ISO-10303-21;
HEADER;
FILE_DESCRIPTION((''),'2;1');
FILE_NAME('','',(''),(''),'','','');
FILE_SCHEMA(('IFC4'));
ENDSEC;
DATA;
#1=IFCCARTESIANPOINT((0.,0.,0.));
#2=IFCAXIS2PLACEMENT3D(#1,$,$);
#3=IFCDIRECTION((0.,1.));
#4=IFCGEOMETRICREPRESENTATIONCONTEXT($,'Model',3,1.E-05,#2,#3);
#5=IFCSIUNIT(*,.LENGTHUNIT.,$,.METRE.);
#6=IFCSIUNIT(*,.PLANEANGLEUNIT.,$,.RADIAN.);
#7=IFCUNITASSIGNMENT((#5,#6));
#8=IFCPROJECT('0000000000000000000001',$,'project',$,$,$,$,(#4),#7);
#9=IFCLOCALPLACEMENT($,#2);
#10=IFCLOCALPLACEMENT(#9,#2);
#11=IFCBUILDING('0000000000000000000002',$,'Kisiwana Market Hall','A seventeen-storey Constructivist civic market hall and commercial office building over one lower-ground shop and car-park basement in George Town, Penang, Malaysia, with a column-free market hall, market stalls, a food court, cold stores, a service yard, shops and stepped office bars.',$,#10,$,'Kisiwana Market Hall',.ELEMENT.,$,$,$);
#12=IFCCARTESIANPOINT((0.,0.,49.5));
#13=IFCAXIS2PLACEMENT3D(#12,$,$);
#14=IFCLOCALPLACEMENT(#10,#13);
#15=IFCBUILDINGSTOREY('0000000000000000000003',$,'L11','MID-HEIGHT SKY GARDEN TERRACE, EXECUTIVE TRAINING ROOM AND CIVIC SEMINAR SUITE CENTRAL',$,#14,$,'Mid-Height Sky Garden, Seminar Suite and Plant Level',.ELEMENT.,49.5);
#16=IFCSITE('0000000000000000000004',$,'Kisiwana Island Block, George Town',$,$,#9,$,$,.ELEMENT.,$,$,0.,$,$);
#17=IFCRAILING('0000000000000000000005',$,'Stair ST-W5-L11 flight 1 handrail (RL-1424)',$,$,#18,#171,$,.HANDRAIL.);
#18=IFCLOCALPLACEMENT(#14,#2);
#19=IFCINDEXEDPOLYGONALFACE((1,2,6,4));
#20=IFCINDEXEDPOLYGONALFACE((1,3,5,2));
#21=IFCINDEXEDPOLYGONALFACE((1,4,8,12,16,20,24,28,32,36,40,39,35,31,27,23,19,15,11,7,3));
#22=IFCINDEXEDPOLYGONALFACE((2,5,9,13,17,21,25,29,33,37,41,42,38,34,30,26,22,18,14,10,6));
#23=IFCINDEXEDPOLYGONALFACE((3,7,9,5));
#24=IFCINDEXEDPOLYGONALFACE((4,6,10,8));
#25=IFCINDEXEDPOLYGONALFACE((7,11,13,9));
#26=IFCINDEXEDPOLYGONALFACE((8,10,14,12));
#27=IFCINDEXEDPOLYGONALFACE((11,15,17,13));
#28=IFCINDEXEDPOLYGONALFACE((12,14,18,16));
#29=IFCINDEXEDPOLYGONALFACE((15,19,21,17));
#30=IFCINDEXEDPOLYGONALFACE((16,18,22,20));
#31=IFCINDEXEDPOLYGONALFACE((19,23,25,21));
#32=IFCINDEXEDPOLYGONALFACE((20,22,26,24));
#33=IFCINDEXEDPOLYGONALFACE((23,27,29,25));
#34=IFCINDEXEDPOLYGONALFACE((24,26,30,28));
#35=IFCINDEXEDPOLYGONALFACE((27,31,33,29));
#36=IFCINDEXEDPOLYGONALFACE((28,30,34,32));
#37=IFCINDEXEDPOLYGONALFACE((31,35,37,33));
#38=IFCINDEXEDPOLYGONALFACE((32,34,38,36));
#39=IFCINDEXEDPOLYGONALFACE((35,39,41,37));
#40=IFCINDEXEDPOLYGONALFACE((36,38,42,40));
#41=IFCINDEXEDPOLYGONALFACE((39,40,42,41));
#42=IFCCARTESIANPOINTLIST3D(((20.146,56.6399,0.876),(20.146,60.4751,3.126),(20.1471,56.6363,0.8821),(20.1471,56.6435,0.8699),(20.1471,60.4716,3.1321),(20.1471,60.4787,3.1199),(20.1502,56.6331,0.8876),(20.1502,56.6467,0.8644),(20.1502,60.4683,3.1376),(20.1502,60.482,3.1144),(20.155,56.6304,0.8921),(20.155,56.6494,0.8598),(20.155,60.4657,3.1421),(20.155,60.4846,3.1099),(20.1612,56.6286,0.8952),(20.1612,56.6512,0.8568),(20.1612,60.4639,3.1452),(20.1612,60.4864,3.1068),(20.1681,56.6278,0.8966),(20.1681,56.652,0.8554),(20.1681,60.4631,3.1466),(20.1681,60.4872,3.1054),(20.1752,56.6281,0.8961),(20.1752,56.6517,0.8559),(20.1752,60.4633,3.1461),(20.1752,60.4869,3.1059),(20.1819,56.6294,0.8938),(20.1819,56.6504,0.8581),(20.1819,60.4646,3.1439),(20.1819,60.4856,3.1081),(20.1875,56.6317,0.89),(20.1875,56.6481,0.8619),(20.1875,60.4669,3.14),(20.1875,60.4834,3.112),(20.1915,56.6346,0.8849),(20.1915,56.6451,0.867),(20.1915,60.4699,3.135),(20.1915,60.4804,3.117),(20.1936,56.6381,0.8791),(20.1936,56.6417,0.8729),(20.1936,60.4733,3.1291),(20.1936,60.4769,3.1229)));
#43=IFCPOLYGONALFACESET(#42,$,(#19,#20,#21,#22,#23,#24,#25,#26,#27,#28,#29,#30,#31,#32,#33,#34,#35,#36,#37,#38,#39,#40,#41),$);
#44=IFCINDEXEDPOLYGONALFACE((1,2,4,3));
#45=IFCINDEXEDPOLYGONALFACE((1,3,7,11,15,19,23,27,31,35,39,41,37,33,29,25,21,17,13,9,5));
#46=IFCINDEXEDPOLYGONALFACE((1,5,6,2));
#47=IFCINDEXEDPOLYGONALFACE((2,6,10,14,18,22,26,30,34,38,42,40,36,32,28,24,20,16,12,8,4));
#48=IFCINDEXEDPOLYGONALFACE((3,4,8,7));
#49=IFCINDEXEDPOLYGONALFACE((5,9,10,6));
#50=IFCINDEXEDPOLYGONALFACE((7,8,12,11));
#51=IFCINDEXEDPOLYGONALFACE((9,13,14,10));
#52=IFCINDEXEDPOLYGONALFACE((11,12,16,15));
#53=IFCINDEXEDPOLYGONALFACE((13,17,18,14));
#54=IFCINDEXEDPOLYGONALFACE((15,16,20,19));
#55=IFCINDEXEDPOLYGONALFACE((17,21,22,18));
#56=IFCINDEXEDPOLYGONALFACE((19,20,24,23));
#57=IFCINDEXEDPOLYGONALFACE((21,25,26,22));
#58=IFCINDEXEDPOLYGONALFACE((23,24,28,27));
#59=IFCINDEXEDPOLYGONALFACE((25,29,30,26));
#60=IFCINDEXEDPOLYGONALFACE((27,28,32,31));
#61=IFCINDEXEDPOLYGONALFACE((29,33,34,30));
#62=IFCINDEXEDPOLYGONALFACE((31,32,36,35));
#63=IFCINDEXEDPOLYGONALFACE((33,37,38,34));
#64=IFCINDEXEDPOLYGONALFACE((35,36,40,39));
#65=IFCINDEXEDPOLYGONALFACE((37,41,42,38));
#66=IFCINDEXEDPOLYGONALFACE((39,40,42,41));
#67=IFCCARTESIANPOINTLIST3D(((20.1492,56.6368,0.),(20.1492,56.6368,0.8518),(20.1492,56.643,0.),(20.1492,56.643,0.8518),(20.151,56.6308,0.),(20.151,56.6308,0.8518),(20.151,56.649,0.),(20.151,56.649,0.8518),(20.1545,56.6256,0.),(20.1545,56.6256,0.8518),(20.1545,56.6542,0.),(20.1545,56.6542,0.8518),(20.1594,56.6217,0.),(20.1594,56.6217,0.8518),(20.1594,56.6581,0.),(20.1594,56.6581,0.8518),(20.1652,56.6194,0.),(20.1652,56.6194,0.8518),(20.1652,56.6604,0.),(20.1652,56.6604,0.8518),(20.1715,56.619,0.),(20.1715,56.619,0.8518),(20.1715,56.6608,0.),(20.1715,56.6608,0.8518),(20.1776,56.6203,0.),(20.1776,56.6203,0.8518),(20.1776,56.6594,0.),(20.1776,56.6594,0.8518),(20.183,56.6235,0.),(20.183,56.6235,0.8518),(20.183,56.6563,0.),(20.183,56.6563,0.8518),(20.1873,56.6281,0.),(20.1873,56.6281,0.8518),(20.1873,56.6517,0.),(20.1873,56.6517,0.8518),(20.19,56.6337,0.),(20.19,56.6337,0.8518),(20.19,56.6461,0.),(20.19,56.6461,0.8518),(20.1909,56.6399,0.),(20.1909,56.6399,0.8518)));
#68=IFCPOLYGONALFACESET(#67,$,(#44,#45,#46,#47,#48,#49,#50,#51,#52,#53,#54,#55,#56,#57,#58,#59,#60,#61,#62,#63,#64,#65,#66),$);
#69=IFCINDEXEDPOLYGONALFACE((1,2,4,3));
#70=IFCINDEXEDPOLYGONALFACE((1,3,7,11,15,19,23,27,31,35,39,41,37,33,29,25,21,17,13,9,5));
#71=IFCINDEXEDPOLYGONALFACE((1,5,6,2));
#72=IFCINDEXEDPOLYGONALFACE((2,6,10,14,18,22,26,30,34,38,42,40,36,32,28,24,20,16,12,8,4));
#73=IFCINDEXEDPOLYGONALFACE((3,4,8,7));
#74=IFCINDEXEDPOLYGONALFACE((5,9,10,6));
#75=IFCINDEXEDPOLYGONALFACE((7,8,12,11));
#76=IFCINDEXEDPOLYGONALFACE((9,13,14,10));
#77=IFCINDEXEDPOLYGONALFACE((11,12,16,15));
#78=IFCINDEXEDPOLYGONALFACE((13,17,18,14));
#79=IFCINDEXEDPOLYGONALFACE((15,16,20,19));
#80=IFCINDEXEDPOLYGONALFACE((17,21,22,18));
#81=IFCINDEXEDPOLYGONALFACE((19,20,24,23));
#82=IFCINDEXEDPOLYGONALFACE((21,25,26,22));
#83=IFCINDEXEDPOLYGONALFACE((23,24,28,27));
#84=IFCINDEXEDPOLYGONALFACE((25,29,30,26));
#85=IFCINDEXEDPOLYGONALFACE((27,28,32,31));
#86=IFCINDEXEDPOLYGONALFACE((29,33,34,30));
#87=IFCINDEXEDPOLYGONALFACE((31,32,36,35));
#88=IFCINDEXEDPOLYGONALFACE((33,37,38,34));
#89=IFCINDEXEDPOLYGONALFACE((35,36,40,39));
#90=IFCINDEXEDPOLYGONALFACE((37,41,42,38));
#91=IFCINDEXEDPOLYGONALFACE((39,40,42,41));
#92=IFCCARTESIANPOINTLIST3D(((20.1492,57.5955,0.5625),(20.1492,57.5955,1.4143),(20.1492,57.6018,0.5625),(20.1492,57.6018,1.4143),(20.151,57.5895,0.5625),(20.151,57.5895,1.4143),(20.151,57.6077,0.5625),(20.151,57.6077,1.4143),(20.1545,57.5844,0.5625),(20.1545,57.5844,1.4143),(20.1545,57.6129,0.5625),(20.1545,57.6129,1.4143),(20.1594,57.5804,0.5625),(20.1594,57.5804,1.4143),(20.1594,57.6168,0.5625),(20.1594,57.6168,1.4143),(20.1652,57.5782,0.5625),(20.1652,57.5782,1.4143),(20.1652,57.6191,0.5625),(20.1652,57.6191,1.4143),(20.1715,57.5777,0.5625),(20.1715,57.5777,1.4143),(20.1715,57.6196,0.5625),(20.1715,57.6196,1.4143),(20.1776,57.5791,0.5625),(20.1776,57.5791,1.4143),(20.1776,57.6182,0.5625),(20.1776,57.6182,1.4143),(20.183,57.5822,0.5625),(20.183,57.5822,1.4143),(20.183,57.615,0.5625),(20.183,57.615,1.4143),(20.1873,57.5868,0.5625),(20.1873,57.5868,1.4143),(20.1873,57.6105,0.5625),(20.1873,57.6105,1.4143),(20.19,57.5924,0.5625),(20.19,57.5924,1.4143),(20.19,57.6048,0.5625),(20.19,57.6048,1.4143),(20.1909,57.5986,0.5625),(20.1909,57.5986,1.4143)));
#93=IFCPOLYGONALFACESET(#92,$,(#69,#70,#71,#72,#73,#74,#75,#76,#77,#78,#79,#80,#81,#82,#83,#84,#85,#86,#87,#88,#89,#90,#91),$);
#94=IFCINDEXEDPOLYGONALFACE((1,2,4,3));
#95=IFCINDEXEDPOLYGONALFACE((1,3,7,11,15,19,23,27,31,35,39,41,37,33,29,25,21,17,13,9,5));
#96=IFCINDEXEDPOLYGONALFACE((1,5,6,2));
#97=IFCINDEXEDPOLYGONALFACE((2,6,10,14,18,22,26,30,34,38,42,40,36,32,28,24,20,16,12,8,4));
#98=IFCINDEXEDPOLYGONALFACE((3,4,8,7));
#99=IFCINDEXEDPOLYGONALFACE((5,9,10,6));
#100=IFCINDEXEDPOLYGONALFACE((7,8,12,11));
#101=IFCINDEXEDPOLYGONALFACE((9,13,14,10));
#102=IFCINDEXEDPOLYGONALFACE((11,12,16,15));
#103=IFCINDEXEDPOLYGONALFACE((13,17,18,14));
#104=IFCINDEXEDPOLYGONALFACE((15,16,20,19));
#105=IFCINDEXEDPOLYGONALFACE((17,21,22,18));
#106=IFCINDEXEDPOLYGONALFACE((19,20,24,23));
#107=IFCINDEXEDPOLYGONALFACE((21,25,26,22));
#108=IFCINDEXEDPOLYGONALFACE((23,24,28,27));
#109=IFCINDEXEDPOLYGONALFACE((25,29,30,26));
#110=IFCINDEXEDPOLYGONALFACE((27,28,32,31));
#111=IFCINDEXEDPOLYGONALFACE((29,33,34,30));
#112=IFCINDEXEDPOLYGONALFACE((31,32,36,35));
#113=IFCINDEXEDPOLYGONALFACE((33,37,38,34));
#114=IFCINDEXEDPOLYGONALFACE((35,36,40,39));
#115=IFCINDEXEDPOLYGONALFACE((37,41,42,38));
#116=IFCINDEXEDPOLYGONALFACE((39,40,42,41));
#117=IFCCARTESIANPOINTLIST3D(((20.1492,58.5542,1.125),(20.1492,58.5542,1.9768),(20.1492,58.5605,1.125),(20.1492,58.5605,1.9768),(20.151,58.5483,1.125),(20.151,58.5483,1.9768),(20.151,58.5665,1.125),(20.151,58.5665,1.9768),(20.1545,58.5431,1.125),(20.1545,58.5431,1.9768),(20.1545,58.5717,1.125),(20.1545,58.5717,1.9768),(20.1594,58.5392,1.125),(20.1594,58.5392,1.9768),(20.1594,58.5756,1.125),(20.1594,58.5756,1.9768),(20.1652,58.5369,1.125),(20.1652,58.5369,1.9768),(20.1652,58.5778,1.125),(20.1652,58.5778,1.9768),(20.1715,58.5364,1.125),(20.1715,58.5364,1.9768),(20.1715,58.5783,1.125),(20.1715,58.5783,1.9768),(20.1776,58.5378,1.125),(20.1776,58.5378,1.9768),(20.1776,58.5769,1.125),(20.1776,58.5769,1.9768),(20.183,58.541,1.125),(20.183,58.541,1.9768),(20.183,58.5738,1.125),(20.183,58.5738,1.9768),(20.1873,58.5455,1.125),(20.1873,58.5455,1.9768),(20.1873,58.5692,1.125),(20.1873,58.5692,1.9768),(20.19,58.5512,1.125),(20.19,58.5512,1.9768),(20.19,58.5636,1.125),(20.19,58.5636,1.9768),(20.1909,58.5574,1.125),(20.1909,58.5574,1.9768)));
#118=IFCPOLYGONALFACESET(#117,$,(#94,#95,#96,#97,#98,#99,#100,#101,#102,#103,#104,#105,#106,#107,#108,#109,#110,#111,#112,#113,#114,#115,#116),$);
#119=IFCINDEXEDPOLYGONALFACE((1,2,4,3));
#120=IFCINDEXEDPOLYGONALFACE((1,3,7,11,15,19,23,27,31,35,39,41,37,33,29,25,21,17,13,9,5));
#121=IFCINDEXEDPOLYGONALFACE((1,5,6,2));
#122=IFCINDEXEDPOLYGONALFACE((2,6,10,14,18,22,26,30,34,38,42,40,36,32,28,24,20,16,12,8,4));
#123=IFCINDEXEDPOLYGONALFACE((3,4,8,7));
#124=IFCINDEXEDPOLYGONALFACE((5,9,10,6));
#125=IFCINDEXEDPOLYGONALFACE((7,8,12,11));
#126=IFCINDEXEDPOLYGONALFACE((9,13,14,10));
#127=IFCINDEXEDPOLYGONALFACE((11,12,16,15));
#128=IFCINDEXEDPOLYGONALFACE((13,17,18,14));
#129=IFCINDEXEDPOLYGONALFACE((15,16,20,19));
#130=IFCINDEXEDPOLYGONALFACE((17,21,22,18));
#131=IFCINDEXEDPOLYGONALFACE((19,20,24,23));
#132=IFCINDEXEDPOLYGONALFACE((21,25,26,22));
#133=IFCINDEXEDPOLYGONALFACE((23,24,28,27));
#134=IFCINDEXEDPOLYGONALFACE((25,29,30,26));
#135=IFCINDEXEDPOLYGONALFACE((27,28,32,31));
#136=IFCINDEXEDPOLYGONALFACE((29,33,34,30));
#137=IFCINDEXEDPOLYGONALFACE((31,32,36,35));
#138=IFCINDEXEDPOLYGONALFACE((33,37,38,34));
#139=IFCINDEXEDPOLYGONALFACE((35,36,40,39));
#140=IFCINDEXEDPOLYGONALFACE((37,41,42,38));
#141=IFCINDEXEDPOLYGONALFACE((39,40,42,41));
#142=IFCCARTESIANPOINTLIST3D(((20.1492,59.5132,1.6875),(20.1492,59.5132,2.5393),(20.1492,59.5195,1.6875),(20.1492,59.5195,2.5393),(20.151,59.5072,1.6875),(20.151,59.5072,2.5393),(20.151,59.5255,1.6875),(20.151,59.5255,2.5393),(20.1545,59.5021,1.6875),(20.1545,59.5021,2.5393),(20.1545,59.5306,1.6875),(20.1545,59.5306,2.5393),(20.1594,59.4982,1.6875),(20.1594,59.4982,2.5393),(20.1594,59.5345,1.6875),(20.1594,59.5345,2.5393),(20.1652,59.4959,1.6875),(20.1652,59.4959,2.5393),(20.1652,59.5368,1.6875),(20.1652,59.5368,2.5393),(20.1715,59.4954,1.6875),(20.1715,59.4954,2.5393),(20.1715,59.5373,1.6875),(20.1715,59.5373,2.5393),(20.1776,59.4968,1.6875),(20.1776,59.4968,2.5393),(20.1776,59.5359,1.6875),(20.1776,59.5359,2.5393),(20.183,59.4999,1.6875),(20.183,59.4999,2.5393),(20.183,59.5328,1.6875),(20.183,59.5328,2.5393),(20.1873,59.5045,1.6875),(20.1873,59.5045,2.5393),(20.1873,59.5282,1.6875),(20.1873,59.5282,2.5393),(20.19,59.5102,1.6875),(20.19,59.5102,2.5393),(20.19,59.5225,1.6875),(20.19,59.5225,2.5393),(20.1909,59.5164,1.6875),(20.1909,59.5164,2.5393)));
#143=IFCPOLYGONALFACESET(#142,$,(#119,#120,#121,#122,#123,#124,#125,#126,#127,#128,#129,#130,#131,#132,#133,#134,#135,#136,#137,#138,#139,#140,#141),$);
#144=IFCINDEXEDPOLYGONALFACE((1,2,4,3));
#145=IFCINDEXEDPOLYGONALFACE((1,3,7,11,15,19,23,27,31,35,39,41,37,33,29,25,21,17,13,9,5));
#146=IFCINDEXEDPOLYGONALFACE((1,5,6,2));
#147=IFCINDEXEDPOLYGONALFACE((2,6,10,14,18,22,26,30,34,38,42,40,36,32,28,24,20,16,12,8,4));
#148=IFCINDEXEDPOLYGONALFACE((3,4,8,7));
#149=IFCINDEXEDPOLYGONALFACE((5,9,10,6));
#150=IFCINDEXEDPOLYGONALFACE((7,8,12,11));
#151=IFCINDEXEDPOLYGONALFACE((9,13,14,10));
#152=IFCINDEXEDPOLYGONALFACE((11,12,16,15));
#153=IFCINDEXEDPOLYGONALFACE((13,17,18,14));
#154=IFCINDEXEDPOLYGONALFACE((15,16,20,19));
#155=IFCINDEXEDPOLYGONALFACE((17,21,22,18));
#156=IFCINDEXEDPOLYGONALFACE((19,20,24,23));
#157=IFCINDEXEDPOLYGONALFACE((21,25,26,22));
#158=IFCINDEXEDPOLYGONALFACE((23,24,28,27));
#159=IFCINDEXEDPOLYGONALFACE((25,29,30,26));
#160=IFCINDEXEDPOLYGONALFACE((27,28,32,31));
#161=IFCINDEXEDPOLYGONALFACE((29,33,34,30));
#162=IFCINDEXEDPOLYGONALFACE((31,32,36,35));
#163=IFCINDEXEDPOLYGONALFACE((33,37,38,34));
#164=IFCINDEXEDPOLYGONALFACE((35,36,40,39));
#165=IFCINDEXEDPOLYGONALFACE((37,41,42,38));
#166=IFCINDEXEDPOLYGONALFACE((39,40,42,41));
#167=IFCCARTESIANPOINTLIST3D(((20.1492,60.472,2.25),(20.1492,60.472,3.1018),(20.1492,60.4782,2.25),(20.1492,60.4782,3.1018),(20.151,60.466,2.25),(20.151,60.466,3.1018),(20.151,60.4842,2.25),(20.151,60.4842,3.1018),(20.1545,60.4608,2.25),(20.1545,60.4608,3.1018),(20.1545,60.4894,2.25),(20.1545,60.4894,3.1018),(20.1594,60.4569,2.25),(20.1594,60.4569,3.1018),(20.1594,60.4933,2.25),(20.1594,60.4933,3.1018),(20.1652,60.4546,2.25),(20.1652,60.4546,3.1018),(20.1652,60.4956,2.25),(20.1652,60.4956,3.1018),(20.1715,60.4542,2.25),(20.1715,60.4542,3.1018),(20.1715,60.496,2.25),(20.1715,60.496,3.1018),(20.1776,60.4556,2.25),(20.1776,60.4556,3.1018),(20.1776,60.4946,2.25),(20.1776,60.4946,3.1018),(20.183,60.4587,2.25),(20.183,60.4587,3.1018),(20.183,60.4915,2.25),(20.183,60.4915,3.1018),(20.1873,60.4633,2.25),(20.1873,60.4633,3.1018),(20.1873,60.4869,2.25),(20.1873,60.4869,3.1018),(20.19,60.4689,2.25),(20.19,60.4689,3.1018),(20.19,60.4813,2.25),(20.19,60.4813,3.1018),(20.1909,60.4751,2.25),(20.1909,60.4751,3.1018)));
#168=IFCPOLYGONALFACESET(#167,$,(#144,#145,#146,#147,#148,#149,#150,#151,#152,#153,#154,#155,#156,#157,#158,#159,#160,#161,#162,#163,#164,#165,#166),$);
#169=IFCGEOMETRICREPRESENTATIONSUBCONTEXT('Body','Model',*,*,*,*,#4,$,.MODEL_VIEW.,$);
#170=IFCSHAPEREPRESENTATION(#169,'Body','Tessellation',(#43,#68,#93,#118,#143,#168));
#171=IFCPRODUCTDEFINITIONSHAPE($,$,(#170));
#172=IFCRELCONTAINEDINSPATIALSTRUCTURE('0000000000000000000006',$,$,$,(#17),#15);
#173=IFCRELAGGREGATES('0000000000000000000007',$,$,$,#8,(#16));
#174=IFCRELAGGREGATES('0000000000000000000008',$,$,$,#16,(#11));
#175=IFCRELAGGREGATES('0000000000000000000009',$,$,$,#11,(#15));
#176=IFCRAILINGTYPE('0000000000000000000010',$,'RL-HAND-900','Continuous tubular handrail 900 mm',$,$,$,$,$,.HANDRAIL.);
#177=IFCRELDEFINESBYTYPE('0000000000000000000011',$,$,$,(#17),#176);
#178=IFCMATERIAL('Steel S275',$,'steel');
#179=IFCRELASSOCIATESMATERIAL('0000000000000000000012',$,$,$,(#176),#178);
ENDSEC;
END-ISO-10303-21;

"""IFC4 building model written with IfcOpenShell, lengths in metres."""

from ifc_helpers import new_model, si_unit, direction, frame, origin, origin_2d, place, context, subcontext, project, spatial, circle, extrude, material, type_object, element, save


model = new_model("IFC4")

# Units and contexts
model_context = context("Model", 3, precision=1e-05, world=origin(), true_north=direction((0.0, 1.0)))
body_context = subcontext(model_context, "Body", "Model", "MODEL_VIEW")
ifc_project = project(units=[si_unit("LENGTHUNIT", "METRE"), si_unit("PLANEANGLEUNIT", "RADIAN")], contexts=[model_context])

# Site, building, storey
site_placement = place(None, origin())
site = spatial("IfcSite", under=ifc_project, at=site_placement, Name="Kisiwana Island Block, George Town", CompositionType="ELEMENT", RefElevation=0.0)
building_placement = place(site_placement, origin())
building = spatial("IfcBuilding", under=site, at=building_placement, Name="Kisiwana Market Hall", Description="A seventeen-storey Constructivist civic market hall and commercial office building over one lower-ground shop and car-park basement in George Town, Penang, Malaysia, with a column-free market hall, market stalls, a food court, cold stores, a service yard, shops and stepped office bars.", LongName="Kisiwana Market Hall", CompositionType="ELEMENT")
storey_placement = place(building_placement, frame((0.0, 0.0, 49.5)))
storey = spatial("IfcBuildingStorey", under=building, at=storey_placement, Name="L11", Description="MID-HEIGHT SKY GARDEN TERRACE, EXECUTIVE TRAINING ROOM AND CIVIC SEMINAR SUITE CENTRAL", LongName="Mid-Height Sky Garden, Seminar Suite and Plant Level", CompositionType="ELEMENT", Elevation=49.5)

# Railing
ifc_material_1 = material(Name="Steel S275", Category="steel")
railing_type_1 = type_object("IfcRailingType", Name="RL-HAND-900", Description="Continuous tubular handrail 900 mm", PredefinedType="HANDRAIL", material=ifc_material_1)
railing_1_placement = place(storey_placement, frame((20.1699, 56.6399, 0.0)))
element("IfcRailing", 1, at=railing_1_placement, inside=storey, type_object=railing_type_1, Name="Stair ST-W5-L11 flight 1 handrail (RL-1424)", PredefinedType="HANDRAIL", context=body_context, shape_type="SweptSolid", body=[
    extrude(circle(Radius=0.0239, at=origin_2d()), frame((0.0, 0.0, 0.876), z_axis=(0.0, 0.862524, 0.506017), x_axis=(-1.0, 0.0, 0.0)), (0.0, 0.0, 1.0), 4.4465),
    extrude(circle(Radius=0.021, at=origin_2d()), origin(), (0.0, 0.0, 1.0), 0.8518),
    extrude(circle(Radius=0.021, at=origin_2d()), frame((0.0, 0.9587, 0.5625)), (0.0, 0.0, 1.0), 0.8518),
    extrude(circle(Radius=0.021, at=origin_2d()), frame((0.0, 1.9175, 1.125)), (0.0, 0.0, 1.0), 0.8518),
    extrude(circle(Radius=0.021, at=origin_2d()), frame((0.0, 2.8765, 1.6875)), (0.0, 0.0, 1.0), 0.8518),
    extrude(circle(Radius=0.021, at=origin_2d()), frame((0.0, 3.8352, 2.25)), (0.0, 0.0, 1.0), 0.8518),
])

save(model, "model.ifc")
